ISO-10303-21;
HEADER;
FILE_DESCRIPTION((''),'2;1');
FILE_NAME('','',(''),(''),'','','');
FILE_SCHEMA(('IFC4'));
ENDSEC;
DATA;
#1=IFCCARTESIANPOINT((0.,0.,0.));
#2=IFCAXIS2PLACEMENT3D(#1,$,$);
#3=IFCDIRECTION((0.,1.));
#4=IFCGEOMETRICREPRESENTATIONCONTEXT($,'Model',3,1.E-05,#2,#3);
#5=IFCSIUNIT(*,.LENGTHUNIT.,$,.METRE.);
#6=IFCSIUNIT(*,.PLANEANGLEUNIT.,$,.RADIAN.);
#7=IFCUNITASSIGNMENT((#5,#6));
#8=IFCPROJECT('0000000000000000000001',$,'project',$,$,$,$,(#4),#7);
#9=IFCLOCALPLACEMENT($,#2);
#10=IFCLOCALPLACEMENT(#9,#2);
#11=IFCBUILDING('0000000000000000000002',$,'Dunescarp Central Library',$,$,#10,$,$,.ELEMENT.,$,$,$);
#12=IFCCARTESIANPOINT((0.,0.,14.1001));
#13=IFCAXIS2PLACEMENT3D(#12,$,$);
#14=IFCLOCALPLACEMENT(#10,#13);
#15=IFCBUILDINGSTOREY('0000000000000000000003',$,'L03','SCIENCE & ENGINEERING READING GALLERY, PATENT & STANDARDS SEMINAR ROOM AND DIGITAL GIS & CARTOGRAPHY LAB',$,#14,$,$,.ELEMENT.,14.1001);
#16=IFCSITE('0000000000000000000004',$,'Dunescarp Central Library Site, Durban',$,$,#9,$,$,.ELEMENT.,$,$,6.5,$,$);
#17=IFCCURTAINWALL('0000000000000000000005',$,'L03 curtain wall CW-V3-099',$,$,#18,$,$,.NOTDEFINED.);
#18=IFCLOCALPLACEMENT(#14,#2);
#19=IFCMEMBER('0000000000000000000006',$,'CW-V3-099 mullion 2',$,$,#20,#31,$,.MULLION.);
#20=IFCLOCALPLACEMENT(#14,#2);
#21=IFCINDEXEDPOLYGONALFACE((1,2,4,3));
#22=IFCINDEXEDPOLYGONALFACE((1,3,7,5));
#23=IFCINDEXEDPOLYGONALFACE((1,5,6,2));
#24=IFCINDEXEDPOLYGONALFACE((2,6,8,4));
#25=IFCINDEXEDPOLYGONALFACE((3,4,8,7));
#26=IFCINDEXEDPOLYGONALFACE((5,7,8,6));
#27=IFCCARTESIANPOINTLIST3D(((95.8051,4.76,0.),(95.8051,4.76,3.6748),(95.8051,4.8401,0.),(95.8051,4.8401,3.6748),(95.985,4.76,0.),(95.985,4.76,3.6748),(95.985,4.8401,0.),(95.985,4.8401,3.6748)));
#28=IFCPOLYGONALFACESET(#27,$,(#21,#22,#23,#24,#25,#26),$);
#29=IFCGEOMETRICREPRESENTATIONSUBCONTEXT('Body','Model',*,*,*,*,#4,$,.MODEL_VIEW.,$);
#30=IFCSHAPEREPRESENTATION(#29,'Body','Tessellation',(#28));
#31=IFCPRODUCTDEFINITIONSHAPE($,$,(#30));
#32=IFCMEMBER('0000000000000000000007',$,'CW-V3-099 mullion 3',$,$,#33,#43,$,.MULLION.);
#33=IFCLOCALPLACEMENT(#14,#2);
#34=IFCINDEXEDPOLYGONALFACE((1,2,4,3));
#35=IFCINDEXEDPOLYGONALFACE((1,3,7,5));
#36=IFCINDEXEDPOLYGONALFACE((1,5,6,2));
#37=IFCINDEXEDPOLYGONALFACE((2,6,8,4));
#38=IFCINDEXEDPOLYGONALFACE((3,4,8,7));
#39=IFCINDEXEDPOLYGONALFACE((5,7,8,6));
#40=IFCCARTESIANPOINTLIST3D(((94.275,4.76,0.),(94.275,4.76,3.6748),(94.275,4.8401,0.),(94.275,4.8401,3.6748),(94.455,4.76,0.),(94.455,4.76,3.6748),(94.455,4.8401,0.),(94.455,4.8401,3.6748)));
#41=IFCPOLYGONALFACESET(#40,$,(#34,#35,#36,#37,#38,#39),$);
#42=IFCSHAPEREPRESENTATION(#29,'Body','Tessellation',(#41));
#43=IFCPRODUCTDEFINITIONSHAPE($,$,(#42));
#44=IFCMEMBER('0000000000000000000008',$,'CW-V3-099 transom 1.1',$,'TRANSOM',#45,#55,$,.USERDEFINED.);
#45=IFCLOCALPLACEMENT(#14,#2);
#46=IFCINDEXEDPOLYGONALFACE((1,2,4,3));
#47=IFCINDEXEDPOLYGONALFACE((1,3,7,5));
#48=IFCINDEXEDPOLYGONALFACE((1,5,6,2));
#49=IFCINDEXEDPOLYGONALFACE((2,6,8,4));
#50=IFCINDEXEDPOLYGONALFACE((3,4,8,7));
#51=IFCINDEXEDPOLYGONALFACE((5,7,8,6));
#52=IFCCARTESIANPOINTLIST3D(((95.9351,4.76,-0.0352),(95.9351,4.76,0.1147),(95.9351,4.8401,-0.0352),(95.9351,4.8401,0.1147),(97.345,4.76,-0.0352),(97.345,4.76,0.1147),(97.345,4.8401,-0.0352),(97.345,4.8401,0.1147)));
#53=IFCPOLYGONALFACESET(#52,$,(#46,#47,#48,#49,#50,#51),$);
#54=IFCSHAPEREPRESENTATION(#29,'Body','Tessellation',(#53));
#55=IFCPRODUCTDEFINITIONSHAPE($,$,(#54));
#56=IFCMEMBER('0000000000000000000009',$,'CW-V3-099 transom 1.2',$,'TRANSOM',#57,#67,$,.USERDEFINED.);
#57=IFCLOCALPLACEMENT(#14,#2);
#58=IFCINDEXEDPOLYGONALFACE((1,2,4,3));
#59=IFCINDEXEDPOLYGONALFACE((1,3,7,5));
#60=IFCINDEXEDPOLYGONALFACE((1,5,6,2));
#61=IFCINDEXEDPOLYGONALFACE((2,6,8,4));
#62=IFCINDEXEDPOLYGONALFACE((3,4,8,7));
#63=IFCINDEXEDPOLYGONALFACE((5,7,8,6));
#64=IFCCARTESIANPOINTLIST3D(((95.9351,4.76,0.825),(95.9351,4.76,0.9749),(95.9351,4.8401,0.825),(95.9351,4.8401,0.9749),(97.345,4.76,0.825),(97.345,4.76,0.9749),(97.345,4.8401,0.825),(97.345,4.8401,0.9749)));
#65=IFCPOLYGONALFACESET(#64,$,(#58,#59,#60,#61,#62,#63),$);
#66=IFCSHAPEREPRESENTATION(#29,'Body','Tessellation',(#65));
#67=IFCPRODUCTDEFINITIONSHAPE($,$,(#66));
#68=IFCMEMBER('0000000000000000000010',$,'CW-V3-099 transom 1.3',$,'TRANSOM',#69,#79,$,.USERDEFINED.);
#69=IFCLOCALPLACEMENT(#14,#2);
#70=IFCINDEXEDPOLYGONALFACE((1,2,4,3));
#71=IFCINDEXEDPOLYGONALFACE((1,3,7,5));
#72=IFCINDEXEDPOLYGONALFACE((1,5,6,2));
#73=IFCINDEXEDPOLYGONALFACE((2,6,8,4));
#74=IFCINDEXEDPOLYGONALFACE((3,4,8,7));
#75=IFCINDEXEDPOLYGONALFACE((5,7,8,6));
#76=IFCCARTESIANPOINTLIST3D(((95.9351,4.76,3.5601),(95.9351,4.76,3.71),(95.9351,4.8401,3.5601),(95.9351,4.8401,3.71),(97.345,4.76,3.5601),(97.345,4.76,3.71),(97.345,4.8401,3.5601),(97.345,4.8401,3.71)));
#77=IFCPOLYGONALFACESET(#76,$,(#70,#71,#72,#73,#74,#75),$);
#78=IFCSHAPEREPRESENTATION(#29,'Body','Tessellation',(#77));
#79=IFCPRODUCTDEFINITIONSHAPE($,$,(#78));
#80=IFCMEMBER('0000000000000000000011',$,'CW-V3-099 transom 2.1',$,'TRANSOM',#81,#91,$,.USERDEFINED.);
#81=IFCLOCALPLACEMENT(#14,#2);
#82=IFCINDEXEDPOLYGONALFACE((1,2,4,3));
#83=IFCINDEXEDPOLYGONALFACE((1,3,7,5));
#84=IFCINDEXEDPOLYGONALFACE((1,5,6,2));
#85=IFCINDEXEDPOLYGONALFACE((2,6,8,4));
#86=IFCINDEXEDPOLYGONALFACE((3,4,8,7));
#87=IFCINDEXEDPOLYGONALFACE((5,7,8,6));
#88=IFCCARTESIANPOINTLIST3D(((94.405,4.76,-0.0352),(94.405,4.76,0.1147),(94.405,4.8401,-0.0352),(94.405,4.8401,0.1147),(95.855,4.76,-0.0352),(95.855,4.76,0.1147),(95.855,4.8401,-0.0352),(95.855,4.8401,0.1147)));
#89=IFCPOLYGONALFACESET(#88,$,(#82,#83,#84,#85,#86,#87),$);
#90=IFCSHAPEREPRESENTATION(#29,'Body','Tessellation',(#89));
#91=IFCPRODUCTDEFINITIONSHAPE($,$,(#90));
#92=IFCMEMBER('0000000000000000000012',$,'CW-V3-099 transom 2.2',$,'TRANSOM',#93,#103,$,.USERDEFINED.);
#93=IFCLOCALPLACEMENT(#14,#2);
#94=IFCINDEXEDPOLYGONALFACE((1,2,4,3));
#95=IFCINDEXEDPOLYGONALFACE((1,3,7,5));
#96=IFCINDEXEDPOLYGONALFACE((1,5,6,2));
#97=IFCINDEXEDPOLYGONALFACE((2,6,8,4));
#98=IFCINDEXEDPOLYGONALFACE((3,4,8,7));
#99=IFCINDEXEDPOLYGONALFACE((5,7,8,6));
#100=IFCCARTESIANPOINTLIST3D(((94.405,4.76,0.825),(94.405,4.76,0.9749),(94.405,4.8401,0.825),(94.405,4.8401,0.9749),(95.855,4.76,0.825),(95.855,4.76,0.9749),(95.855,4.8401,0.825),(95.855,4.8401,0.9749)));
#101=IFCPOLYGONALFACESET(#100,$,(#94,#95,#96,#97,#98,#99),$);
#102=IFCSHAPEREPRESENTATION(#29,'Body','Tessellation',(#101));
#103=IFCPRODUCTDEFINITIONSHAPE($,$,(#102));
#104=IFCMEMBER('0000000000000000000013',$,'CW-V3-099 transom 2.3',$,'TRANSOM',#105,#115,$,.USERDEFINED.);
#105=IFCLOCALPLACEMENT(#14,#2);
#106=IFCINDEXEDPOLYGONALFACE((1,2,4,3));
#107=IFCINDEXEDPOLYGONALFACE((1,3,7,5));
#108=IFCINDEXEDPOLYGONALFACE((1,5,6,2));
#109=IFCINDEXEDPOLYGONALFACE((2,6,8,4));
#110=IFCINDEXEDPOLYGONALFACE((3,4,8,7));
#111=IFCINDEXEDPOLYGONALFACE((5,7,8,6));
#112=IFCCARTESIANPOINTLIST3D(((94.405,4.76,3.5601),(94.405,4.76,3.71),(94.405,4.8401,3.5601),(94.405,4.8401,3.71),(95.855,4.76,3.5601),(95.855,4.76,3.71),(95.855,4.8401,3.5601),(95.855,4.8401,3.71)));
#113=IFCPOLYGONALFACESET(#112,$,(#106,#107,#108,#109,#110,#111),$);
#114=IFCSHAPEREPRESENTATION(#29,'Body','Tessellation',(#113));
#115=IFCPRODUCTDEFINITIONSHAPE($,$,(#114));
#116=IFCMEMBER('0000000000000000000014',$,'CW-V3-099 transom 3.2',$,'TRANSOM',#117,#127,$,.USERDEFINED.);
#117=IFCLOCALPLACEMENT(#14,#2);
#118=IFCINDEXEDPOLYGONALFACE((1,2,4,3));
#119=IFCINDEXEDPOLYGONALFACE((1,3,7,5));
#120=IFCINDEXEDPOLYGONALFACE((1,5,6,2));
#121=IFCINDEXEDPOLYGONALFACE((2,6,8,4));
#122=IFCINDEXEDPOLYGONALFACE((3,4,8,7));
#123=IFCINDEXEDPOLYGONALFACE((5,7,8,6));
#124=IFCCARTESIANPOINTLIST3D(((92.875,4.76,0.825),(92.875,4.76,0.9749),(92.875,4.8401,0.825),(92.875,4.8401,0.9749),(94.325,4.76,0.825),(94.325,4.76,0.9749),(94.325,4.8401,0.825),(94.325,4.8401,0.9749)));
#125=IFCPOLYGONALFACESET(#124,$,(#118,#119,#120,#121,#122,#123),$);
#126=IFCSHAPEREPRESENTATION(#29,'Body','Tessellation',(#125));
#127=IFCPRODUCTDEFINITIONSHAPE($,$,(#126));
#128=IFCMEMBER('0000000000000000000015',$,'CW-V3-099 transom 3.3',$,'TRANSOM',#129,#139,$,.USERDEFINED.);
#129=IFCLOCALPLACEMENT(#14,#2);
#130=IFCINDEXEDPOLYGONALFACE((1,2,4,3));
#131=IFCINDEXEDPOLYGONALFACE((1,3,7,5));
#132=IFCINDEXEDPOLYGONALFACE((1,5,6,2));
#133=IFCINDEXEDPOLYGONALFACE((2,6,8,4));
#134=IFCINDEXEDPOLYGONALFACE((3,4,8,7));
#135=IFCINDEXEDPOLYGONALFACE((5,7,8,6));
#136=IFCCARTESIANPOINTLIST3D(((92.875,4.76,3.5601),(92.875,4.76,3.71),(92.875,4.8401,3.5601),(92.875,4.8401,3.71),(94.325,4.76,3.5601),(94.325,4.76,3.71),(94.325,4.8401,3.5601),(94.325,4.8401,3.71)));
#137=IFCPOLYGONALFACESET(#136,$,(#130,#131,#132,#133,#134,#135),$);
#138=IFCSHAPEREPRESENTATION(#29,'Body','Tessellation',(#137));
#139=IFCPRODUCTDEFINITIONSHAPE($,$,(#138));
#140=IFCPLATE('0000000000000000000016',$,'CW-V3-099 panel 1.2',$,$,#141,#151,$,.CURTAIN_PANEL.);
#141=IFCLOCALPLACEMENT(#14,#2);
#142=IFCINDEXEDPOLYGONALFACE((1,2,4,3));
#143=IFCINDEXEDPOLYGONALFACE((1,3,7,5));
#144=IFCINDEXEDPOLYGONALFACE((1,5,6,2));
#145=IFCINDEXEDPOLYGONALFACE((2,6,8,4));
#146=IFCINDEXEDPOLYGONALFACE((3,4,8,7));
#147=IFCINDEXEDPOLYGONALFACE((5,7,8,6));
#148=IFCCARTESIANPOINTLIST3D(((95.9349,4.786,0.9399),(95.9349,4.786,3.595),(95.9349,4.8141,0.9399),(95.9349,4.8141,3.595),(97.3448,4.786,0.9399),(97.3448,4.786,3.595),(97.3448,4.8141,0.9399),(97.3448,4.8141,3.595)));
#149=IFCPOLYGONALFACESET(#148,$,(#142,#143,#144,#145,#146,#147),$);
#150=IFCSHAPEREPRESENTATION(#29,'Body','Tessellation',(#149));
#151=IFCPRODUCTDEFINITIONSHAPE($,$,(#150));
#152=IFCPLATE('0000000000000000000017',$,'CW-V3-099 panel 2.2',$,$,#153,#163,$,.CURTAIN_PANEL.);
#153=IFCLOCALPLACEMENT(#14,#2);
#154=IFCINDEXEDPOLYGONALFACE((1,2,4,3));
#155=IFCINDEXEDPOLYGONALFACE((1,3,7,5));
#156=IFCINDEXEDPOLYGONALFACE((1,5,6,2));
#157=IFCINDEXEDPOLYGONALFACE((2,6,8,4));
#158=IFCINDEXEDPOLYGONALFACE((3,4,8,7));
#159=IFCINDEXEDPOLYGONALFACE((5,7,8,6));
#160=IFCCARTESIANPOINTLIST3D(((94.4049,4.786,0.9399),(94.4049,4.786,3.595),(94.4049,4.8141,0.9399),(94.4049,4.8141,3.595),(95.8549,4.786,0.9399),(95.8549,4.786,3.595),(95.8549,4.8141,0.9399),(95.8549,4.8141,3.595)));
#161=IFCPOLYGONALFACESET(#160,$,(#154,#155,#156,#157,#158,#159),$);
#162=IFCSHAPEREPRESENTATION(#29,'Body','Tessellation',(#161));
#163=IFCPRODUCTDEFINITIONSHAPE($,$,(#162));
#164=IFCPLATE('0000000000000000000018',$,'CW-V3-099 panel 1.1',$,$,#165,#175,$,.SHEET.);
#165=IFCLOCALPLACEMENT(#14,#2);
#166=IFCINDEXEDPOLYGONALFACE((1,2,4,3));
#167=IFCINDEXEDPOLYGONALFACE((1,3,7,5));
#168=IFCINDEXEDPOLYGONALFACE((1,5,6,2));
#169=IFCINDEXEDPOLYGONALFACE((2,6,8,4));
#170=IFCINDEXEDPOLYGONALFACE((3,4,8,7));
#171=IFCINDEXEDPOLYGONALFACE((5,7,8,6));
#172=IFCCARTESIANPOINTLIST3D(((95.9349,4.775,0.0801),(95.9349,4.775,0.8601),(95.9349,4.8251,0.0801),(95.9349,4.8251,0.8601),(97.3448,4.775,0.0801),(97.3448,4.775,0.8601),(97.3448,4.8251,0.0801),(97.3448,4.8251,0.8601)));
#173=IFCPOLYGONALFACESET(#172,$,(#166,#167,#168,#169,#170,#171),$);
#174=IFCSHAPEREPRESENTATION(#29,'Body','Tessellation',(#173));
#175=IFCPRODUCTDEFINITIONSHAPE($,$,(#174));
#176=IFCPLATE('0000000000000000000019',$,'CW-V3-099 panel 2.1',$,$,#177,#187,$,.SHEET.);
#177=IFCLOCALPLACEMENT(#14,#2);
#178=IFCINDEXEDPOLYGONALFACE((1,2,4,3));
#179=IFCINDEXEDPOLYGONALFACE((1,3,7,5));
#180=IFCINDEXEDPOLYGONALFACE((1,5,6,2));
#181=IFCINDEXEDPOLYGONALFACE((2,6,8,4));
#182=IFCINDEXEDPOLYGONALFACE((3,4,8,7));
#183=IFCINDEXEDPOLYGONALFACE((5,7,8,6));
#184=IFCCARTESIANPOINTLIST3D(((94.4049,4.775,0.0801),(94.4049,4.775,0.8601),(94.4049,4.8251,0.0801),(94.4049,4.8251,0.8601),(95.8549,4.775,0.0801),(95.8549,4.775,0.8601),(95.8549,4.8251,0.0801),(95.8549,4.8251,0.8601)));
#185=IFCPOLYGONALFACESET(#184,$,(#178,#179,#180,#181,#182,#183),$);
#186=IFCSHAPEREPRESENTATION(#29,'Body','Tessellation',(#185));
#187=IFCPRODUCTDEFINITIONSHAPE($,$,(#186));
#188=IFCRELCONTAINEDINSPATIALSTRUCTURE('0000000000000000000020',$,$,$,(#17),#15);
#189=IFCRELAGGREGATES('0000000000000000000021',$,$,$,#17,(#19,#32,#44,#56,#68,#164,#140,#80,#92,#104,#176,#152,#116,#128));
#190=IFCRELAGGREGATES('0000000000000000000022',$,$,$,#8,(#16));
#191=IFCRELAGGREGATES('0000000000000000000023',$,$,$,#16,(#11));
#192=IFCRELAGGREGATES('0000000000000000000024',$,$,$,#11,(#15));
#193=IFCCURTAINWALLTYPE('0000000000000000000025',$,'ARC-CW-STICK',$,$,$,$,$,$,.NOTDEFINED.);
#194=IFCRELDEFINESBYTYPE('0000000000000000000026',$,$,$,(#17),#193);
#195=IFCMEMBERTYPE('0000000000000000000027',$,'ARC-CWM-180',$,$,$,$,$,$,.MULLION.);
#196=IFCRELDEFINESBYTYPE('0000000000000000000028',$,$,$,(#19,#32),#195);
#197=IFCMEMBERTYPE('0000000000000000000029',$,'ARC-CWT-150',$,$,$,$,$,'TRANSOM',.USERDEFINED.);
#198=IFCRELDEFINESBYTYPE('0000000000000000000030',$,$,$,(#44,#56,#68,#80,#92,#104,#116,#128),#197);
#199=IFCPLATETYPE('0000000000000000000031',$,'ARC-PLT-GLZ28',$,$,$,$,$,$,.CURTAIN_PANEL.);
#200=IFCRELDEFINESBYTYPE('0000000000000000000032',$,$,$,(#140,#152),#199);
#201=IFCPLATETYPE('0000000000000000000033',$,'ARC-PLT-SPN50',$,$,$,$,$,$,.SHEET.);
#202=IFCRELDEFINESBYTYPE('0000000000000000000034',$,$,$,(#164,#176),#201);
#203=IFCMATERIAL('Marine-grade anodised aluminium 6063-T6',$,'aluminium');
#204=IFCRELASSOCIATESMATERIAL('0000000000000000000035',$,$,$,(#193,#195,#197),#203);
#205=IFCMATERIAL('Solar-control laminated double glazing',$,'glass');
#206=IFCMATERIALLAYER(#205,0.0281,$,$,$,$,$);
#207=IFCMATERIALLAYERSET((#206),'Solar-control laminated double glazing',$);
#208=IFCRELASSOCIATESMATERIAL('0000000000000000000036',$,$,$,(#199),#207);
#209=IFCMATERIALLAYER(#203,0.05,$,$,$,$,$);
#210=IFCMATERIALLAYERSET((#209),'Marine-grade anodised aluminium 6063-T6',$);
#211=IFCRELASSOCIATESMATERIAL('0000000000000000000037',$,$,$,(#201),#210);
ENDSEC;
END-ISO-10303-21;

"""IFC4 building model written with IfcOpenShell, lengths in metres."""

from ifc_helpers import new_model, si_unit, direction, frame, origin, origin_2d, place, context, subcontext, project, spatial, rectangle, extrude, material, layer, layer_set, material_profile, profile_set, type_object, element, aggregate, save


model = new_model("IFC4")

# Units and contexts
model_context = context("Model", 3, precision=1e-05, world=origin(), true_north=direction((0.0, 1.0)))
body_context = subcontext(model_context, "Body", "Model", "MODEL_VIEW")
ifc_project = project(units=[si_unit("LENGTHUNIT", "METRE"), si_unit("PLANEANGLEUNIT", "RADIAN")], contexts=[model_context])

# Site, building, storey
site_placement = place(None, origin())
site = spatial("IfcSite", under=ifc_project, at=site_placement, Name="Dunescarp Central Library Site, Durban", CompositionType="ELEMENT", RefElevation=6.5)
building_placement = place(site_placement, origin())
building = spatial("IfcBuilding", under=site, at=building_placement, Name="Dunescarp Central Library", CompositionType="ELEMENT")
storey_placement = place(building_placement, frame((0.0, 0.0, 14.1001)))
storey = spatial("IfcBuildingStorey", under=building, at=storey_placement, Name="L03", Description="SCIENCE & ENGINEERING READING GALLERY, PATENT & STANDARDS SEMINAR ROOM AND DIGITAL GIS & CARTOGRAPHY LAB", CompositionType="ELEMENT", Elevation=14.1001)

# Curtain wall, members, plates
ifc_material_1 = material(Name="Marine-grade anodised aluminium 6063-T6", Category="aluminium")
curtain_wall_type = type_object("IfcCurtainWallType", Name="ARC-CW-STICK", PredefinedType="NOTDEFINED", material=ifc_material_1)
curtain_wall_placement = place(storey_placement, origin())
curtain_wall = element("IfcCurtainWall", 1, at=curtain_wall_placement, inside=storey, type_object=curtain_wall_type, Name="L03 curtain wall CW-V3-099", PredefinedType="NOTDEFINED")
ifc_material_profile_1 = material_profile(ifc_material_1, rectangle(XDim=0.0801, YDim=0.1799, at=origin_2d()), Name="AL 80x180")
ifc_profile_set_1 = profile_set([ifc_material_profile_1], Name="Marine-grade anodised aluminium 6063-T6")
member_type_1 = type_object("IfcMemberType", Name="ARC-CWM-180", PredefinedType="MULLION", material=ifc_profile_set_1)
member_1_placement = place(storey_placement, frame((95.895, 4.8, 0.0), z_axis=(0.0, 0.0, 1.0), x_axis=(0.0, -1.0, 0.0)))
member_1 = element("IfcMember", 2, at=member_1_placement, type_object=member_type_1, Name="CW-V3-099 mullion 2", PredefinedType="MULLION", context=body_context, shape_type="SweptSolid", body=[
    extrude(rectangle(XDim=0.0801, YDim=0.1799, at=origin_2d()), origin(), (0.0, 0.0, 1.0), 3.6748),
])
member_2_placement = place(storey_placement, frame((94.365, 4.8, 0.0), z_axis=(0.0, 0.0, 1.0), x_axis=(0.0, -1.0, 0.0)))
member_2 = element("IfcMember", 3, at=member_2_placement, type_object=member_type_1, Name="CW-V3-099 mullion 3", PredefinedType="MULLION", context=body_context, shape_type="SweptSolid", body=[
    extrude(rectangle(XDim=0.0801, YDim=0.1799, at=origin_2d()), origin(), (0.0, 0.0, 1.0), 3.6748),
])
ifc_material_profile_2 = material_profile(ifc_material_1, rectangle(XDim=0.0801, YDim=0.1499, at=origin_2d()), Name="AL 80x150")
ifc_profile_set_2 = profile_set([ifc_material_profile_2], Name="Marine-grade anodised aluminium 6063-T6")
member_type_2 = type_object("IfcMemberType", Name="ARC-CWT-150", ElementType="TRANSOM", PredefinedType="USERDEFINED", material=ifc_profile_set_2)
member_3_placement = place(storey_placement, frame((97.345, 4.8, 0.0398), z_axis=(-1.0, 0.0, 0.0), x_axis=(0.0, -1.0, 0.0)))
member_3 = element("IfcMember", 4, at=member_3_placement, type_object=member_type_2, Name="CW-V3-099 transom 1.1", ObjectType="TRANSOM", PredefinedType="USERDEFINED", context=body_context, shape_type="SweptSolid", body=[
    extrude(rectangle(XDim=0.0801, YDim=0.1499, at=origin_2d()), origin(), (0.0, 0.0, 1.0), 1.4099),
])
member_4_placement = place(storey_placement, frame((97.345, 4.8, 0.8999), z_axis=(-1.0, 0.0, 0.0), x_axis=(0.0, -1.0, 0.0)))
member_4 = element("IfcMember", 5, at=member_4_placement, type_object=member_type_2, Name="CW-V3-099 transom 1.2", ObjectType="TRANSOM", PredefinedType="USERDEFINED", context=body_context, shape_type="SweptSolid", body=[
    extrude(rectangle(XDim=0.0801, YDim=0.1499, at=origin_2d()), origin(), (0.0, 0.0, 1.0), 1.4099),
])
member_5_placement = place(storey_placement, frame((97.345, 4.8, 3.635), z_axis=(-1.0, 0.0, 0.0), x_axis=(0.0, -1.0, 0.0)))
member_5 = element("IfcMember", 6, at=member_5_placement, type_object=member_type_2, Name="CW-V3-099 transom 1.3", ObjectType="TRANSOM", PredefinedType="USERDEFINED", context=body_context, shape_type="SweptSolid", body=[
    extrude(rectangle(XDim=0.0801, YDim=0.1499, at=origin_2d()), origin(), (0.0, 0.0, 1.0), 1.4099),
])
member_6_placement = place(storey_placement, frame((95.855, 4.8, 0.0398), z_axis=(-1.0, 0.0, 0.0), x_axis=(0.0, -1.0, 0.0)))
member_6 = element("IfcMember", 7, at=member_6_placement, type_object=member_type_2, Name="CW-V3-099 transom 2.1", ObjectType="TRANSOM", PredefinedType="USERDEFINED", context=body_context, shape_type="SweptSolid", body=[
    extrude(rectangle(XDim=0.0801, YDim=0.1499, at=origin_2d()), origin(), (0.0, 0.0, 1.0), 1.45),
])
member_7_placement = place(storey_placement, frame((95.855, 4.8, 0.8999), z_axis=(-1.0, 0.0, 0.0), x_axis=(0.0, -1.0, 0.0)))
member_7 = element("IfcMember", 8, at=member_7_placement, type_object=member_type_2, Name="CW-V3-099 transom 2.2", ObjectType="TRANSOM", PredefinedType="USERDEFINED", context=body_context, shape_type="SweptSolid", body=[
    extrude(rectangle(XDim=0.0801, YDim=0.1499, at=origin_2d()), origin(), (0.0, 0.0, 1.0), 1.45),
])
member_8_placement = place(storey_placement, frame((95.855, 4.8, 3.635), z_axis=(-1.0, 0.0, 0.0), x_axis=(0.0, -1.0, 0.0)))
member_8 = element("IfcMember", 9, at=member_8_placement, type_object=member_type_2, Name="CW-V3-099 transom 2.3", ObjectType="TRANSOM", PredefinedType="USERDEFINED", context=body_context, shape_type="SweptSolid", body=[
    extrude(rectangle(XDim=0.0801, YDim=0.1499, at=origin_2d()), origin(), (0.0, 0.0, 1.0), 1.45),
])
member_9_placement = place(storey_placement, frame((94.325, 4.8, 0.8999), z_axis=(-1.0, 0.0, 0.0), x_axis=(0.0, -1.0, 0.0)))
member_9 = element("IfcMember", 10, at=member_9_placement, type_object=member_type_2, Name="CW-V3-099 transom 3.2", ObjectType="TRANSOM", PredefinedType="USERDEFINED", context=body_context, shape_type="SweptSolid", body=[
    extrude(rectangle(XDim=0.0801, YDim=0.1499, at=origin_2d()), origin(), (0.0, 0.0, 1.0), 1.45),
])
member_10_placement = place(storey_placement, frame((94.325, 4.8, 3.635), z_axis=(-1.0, 0.0, 0.0), x_axis=(0.0, -1.0, 0.0)))
member_10 = element("IfcMember", 11, at=member_10_placement, type_object=member_type_2, Name="CW-V3-099 transom 3.3", ObjectType="TRANSOM", PredefinedType="USERDEFINED", context=body_context, shape_type="SweptSolid", body=[
    extrude(rectangle(XDim=0.0801, YDim=0.1499, at=origin_2d()), origin(), (0.0, 0.0, 1.0), 1.45),
])
ifc_material_2 = material(Name="Solar-control laminated double glazing", Category="glass")
ifc_layer_1 = layer(ifc_material_2, 0.0281)
ifc_layer_set_1 = layer_set([ifc_layer_1], Name="Solar-control laminated double glazing")
plate_type_1 = type_object("IfcPlateType", Name="ARC-PLT-GLZ28", PredefinedType="CURTAIN_PANEL", material=ifc_layer_set_1)
plate_1_placement = place(storey_placement, frame((96.6399, 4.8, 0.9399), z_axis=(0.0, 0.0, 1.0), x_axis=(-1.0, 0.0, 0.0)))
plate_1 = element("IfcPlate", 12, at=plate_1_placement, type_object=plate_type_1, Name="CW-V3-099 panel 1.2", PredefinedType="CURTAIN_PANEL", context=body_context, shape_type="SweptSolid", body=[
    extrude(rectangle(XDim=1.4099, YDim=0.0281, at=origin_2d()), origin(), (0.0, 0.0, 1.0), 2.655),
])
plate_2_placement = place(storey_placement, frame((95.1299, 4.8, 0.9399), z_axis=(0.0, 0.0, 1.0), x_axis=(-1.0, 0.0, 0.0)))
plate_2 = element("IfcPlate", 13, at=plate_2_placement, type_object=plate_type_1, Name="CW-V3-099 panel 2.2", PredefinedType="CURTAIN_PANEL", context=body_context, shape_type="SweptSolid", body=[
    extrude(rectangle(XDim=1.45, YDim=0.0281, at=origin_2d()), origin(), (0.0, 0.0, 1.0), 2.655),
])
ifc_layer_2 = layer(ifc_material_1, 0.05)
ifc_layer_set_2 = layer_set([ifc_layer_2], Name="Marine-grade anodised aluminium 6063-T6")
plate_type_2 = type_object("IfcPlateType", Name="ARC-PLT-SPN50", PredefinedType="SHEET", material=ifc_layer_set_2)
plate_3_placement = place(storey_placement, frame((96.6399, 4.8, 0.0801), z_axis=(0.0, 0.0, 1.0), x_axis=(-1.0, 0.0, 0.0)))
plate_3 = element("IfcPlate", 14, at=plate_3_placement, type_object=plate_type_2, Name="CW-V3-099 panel 1.1", PredefinedType="SHEET", context=body_context, shape_type="SweptSolid", body=[
    extrude(rectangle(XDim=1.4099, YDim=0.05, at=origin_2d()), origin(), (0.0, 0.0, 1.0), 0.78),
])
plate_4_placement = place(storey_placement, frame((95.1299, 4.8, 0.0801), z_axis=(0.0, 0.0, 1.0), x_axis=(-1.0, 0.0, 0.0)))
plate_4 = element("IfcPlate", 15, at=plate_4_placement, type_object=plate_type_2, Name="CW-V3-099 panel 2.1", PredefinedType="SHEET", context=body_context, shape_type="SweptSolid", body=[
    extrude(rectangle(XDim=1.45, YDim=0.05, at=origin_2d()), origin(), (0.0, 0.0, 1.0), 0.78),
])
aggregate(curtain_wall, [member_1, member_2, member_3, member_4, member_5, plate_3, plate_1, member_6, member_7, member_8, plate_4, plate_2, member_9, member_10])

save(model, "model.ifc")
